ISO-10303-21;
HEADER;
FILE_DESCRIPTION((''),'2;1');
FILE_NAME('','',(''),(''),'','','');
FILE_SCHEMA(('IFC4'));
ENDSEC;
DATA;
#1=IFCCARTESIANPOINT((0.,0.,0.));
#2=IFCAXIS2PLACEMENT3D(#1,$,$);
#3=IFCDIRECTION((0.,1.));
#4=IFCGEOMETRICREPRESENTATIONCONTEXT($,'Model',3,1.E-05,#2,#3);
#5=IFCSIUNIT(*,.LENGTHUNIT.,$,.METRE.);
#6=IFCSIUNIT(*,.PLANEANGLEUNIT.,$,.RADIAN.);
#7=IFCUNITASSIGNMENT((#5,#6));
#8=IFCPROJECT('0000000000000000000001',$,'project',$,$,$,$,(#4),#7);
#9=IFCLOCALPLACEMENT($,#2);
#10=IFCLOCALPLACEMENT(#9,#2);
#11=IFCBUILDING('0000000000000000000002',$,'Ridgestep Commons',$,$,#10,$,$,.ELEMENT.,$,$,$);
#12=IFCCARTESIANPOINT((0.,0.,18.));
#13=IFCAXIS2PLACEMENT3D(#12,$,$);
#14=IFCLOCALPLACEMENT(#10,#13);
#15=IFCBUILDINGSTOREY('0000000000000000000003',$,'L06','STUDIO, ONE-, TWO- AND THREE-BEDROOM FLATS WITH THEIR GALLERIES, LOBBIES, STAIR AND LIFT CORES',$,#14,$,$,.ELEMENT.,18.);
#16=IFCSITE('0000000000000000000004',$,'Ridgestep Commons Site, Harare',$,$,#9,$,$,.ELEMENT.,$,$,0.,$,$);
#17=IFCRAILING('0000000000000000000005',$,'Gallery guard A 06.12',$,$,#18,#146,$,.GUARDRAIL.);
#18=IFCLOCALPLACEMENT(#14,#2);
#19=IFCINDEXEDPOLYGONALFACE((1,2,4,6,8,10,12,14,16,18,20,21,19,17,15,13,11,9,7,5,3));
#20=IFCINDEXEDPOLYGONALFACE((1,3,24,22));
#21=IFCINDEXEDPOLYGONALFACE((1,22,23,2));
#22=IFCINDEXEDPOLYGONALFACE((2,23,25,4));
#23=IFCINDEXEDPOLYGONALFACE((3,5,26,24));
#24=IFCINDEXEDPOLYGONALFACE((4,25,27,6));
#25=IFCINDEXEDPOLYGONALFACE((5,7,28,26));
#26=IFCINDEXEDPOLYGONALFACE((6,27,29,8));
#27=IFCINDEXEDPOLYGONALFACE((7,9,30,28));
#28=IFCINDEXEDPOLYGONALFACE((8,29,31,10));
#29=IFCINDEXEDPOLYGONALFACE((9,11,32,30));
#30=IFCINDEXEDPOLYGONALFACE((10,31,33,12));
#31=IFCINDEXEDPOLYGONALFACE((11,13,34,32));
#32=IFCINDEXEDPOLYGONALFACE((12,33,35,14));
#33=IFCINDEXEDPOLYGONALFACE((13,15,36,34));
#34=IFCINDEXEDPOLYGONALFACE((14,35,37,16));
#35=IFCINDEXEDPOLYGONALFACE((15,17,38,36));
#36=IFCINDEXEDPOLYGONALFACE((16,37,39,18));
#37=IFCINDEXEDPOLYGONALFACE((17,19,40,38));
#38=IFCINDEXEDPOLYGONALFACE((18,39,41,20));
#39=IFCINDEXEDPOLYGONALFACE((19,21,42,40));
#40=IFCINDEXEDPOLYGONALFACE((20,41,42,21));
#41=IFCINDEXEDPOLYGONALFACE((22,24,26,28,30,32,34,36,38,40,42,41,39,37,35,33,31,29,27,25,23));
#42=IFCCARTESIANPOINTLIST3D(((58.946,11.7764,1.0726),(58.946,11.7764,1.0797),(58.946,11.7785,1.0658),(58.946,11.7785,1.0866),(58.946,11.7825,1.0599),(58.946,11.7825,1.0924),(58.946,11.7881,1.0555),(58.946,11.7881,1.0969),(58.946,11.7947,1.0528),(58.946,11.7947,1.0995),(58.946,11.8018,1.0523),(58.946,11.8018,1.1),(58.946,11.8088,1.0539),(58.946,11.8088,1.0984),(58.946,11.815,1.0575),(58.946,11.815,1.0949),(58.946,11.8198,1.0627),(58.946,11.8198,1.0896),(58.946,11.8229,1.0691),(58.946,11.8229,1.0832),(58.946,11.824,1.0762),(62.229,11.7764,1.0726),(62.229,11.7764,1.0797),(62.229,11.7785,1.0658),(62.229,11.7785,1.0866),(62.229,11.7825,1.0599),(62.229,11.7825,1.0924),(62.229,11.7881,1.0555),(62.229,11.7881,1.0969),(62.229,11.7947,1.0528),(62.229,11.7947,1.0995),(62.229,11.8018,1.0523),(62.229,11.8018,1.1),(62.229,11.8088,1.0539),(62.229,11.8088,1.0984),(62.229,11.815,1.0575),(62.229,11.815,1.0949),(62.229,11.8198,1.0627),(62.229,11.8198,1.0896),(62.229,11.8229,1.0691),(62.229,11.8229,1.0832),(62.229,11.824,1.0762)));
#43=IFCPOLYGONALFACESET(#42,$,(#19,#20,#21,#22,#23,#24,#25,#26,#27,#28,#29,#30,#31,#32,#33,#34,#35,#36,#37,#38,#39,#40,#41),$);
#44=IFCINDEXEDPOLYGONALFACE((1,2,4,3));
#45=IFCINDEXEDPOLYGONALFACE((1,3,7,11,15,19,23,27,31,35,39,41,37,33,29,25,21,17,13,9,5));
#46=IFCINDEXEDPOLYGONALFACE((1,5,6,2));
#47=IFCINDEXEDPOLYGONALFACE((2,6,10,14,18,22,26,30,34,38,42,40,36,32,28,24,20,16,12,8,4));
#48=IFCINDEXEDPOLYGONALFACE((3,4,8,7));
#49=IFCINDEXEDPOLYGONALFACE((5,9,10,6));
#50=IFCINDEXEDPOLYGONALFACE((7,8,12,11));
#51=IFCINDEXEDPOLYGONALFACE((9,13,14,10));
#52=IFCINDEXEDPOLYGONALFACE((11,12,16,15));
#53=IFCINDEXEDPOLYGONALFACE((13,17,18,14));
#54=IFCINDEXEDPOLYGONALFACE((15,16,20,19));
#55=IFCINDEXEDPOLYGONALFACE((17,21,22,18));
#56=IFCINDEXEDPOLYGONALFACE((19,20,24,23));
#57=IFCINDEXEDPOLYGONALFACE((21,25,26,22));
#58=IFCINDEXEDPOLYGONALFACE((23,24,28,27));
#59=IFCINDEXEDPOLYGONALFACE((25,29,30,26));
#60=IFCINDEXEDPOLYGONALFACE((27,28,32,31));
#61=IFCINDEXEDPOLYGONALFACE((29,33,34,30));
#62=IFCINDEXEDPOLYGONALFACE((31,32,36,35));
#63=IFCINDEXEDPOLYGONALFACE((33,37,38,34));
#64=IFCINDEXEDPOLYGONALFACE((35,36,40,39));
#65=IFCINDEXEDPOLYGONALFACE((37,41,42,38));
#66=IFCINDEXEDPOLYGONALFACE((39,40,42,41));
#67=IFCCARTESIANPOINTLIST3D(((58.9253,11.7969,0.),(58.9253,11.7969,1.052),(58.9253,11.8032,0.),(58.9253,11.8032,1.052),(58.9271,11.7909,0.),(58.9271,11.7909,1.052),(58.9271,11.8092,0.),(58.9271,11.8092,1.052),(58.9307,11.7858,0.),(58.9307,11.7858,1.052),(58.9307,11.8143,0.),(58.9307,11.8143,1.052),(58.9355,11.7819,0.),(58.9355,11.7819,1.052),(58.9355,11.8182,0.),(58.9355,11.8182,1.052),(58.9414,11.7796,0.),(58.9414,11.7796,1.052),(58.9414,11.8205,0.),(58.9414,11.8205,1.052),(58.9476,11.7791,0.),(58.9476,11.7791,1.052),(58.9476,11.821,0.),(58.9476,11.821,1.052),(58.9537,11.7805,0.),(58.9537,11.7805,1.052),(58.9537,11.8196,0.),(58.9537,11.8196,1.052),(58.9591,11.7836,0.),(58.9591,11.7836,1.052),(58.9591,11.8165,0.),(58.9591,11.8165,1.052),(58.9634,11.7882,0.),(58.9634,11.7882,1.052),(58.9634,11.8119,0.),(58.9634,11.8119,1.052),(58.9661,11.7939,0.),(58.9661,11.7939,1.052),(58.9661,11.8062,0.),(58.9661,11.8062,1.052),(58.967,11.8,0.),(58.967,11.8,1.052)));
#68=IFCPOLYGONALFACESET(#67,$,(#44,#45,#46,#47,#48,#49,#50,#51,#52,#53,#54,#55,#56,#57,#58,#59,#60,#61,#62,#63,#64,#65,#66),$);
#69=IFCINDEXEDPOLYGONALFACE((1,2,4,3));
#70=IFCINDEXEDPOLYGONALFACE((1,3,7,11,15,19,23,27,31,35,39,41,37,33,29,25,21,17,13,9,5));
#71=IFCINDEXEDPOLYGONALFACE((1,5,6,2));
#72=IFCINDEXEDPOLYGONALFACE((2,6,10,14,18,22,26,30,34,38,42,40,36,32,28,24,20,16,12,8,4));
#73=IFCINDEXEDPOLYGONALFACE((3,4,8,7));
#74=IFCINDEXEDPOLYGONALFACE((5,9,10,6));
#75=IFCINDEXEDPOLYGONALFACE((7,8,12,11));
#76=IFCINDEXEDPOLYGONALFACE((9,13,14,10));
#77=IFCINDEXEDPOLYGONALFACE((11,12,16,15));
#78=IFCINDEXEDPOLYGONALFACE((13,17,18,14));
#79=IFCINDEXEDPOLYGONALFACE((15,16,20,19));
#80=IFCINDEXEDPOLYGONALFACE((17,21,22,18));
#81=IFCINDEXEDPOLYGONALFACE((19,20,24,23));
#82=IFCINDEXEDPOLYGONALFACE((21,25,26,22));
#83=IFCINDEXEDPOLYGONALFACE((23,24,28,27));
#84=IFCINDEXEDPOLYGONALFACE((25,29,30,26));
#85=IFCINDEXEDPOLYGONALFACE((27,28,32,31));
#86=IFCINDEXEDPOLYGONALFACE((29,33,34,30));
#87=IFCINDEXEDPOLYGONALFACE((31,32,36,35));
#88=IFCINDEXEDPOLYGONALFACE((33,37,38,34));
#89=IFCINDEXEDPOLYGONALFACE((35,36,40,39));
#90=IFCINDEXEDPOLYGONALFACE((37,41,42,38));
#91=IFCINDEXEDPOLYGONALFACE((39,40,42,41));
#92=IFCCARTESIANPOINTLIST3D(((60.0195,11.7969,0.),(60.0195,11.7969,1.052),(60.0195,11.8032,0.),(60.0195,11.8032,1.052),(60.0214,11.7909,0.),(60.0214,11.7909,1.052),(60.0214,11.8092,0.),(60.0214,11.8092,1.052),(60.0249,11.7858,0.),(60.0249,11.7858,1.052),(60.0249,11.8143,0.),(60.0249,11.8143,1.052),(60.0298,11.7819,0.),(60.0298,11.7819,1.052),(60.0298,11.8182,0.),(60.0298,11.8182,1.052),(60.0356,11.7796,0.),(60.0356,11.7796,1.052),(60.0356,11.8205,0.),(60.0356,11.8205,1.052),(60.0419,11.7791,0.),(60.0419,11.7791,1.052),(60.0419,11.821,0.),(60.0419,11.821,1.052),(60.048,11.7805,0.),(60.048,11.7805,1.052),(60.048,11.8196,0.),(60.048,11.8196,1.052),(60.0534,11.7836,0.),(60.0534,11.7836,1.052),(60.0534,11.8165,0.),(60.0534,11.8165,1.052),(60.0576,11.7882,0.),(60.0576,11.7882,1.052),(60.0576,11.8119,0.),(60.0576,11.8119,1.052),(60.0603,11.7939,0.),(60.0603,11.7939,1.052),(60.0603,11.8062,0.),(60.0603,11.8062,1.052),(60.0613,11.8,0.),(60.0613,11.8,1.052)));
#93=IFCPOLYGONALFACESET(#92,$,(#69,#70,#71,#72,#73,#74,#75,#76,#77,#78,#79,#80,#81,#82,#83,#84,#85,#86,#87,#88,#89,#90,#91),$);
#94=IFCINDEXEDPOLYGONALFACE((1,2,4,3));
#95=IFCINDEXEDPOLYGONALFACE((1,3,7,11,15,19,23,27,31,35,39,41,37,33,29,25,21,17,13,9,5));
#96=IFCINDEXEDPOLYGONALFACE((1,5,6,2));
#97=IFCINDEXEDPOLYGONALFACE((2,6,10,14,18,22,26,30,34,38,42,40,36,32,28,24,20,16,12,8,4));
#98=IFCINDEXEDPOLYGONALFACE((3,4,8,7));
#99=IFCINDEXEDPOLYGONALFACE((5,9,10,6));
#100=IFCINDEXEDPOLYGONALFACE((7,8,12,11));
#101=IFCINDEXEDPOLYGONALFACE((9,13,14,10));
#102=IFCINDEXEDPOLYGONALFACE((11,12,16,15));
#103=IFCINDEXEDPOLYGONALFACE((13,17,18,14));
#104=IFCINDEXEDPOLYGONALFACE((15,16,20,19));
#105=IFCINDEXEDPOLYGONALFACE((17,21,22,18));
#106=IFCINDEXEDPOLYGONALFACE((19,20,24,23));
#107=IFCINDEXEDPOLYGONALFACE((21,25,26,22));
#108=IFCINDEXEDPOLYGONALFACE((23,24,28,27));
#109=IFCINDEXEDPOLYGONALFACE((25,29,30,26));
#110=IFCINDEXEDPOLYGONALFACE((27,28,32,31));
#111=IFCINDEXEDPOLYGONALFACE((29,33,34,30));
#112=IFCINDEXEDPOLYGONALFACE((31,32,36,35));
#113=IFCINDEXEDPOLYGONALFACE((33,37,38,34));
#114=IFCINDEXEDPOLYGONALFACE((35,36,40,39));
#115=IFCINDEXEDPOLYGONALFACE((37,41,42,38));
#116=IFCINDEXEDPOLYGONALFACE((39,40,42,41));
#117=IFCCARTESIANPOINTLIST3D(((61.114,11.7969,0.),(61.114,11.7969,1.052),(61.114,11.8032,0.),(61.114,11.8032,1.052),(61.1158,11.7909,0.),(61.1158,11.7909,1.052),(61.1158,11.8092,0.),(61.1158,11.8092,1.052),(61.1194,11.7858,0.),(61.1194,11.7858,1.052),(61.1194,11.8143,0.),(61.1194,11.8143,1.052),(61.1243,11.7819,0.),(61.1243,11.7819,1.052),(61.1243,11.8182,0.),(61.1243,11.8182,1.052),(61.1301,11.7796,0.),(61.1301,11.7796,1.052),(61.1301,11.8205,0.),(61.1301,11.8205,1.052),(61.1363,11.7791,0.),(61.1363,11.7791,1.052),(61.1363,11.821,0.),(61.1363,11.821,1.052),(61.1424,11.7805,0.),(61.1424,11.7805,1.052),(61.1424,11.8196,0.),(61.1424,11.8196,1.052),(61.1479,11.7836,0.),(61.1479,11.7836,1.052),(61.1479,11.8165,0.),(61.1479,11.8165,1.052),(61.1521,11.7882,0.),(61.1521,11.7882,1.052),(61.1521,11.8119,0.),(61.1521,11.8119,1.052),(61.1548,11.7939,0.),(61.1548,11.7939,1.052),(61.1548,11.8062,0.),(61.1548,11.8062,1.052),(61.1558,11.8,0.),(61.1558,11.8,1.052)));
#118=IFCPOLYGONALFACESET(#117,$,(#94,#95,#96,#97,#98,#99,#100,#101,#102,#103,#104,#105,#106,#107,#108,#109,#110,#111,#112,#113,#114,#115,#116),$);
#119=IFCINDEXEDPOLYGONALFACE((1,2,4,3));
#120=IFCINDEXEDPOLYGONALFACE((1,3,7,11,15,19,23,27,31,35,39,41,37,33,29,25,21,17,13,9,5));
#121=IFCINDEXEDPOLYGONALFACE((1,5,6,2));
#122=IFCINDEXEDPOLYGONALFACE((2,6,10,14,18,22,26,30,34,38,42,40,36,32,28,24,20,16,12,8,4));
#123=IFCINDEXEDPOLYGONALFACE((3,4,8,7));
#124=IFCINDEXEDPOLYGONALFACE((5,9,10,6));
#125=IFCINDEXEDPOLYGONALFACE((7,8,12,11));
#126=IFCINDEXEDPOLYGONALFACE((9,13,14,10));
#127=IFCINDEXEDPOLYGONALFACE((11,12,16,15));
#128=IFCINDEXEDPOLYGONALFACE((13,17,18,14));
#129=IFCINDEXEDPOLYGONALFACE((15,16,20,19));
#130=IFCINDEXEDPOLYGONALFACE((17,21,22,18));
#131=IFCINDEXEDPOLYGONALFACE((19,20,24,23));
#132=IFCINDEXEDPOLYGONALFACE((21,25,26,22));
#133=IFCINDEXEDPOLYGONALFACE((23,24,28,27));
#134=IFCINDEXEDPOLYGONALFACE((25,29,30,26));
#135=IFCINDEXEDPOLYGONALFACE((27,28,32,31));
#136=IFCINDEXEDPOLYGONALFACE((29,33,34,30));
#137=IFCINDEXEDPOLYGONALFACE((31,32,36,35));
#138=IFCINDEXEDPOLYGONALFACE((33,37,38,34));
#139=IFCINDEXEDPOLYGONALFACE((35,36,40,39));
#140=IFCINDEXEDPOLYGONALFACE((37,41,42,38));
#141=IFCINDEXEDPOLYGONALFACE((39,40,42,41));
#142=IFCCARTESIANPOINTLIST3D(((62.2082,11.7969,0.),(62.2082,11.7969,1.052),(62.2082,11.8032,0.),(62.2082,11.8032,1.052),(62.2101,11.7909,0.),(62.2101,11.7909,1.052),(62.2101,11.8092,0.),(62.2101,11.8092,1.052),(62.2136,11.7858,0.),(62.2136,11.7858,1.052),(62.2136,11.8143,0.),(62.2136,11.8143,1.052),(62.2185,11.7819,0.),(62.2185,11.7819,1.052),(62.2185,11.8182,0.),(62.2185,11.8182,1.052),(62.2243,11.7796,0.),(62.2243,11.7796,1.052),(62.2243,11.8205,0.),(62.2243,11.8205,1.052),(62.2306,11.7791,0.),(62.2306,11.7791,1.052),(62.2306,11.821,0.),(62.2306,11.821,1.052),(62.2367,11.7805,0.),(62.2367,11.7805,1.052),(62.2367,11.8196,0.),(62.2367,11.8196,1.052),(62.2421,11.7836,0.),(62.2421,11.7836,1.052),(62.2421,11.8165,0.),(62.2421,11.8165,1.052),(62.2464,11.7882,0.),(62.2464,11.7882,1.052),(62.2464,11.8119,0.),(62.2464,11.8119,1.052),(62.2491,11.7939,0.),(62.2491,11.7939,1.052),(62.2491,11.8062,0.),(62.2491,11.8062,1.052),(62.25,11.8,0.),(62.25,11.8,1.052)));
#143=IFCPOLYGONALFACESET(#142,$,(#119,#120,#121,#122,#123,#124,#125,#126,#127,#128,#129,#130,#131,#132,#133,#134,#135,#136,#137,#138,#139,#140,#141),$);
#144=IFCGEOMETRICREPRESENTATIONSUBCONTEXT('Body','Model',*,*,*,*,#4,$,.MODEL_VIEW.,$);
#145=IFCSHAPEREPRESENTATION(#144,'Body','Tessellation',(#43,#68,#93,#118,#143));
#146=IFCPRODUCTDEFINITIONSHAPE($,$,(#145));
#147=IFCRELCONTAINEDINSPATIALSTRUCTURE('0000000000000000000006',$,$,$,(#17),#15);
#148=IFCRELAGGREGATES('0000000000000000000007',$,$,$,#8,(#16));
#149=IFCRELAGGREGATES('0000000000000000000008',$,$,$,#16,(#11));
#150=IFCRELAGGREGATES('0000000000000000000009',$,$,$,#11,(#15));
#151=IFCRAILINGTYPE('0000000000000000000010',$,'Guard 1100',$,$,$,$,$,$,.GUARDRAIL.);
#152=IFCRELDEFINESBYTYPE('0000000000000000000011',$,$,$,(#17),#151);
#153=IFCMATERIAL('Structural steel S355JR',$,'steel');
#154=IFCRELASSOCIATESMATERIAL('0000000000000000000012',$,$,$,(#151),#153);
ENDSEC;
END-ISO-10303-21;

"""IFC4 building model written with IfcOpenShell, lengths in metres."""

from ifc_helpers import new_model, si_unit, direction, frame, origin, origin_2d, place, context, subcontext, project, spatial, circle, extrude, material, type_object, element, save


model = new_model("IFC4")

# Units and contexts
model_context = context("Model", 3, precision=1e-05, world=origin(), true_north=direction((0.0, 1.0)))
body_context = subcontext(model_context, "Body", "Model", "MODEL_VIEW")
ifc_project = project(units=[si_unit("LENGTHUNIT", "METRE"), si_unit("PLANEANGLEUNIT", "RADIAN")], contexts=[model_context])

# Site, building, storey
site_placement = place(None, origin())
site = spatial("IfcSite", under=ifc_project, at=site_placement, Name="Ridgestep Commons Site, Harare", CompositionType="ELEMENT", RefElevation=0.0)
building_placement = place(site_placement, origin())
building = spatial("IfcBuilding", under=site, at=building_placement, Name="Ridgestep Commons", CompositionType="ELEMENT")
storey_placement = place(building_placement, frame((0.0, 0.0, 18.0)))
storey = spatial("IfcBuildingStorey", under=building, at=storey_placement, Name="L06", Description="STUDIO, ONE-, TWO- AND THREE-BEDROOM FLATS WITH THEIR GALLERIES, LOBBIES, STAIR AND LIFT CORES", CompositionType="ELEMENT", Elevation=18.0)

# Railing
ifc_material_1 = material(Name="Structural steel S355JR", Category="steel")
railing_type = type_object("IfcRailingType", Name="Guard 1100", PredefinedType="GUARDRAIL", material=ifc_material_1)
for number, where, name in (
    (1, (58.946, 11.8, 0.0), "Gallery guard A 06.12"),
):
    element("IfcRailing", number, at=place(storey_placement, frame(where)), inside=storey, type_object=railing_type, Name=name, PredefinedType="GUARDRAIL", context=body_context, shape_type="SweptSolid", body=[
        extrude(circle(Radius=0.0239, at=origin_2d()), frame((0.0, 0.0, 1.0762), z_axis=(1.0, 0.0, 0.0), x_axis=(0.0, 1.0, 0.0)), (0.0, 0.0, 1.0), 3.283),
        extrude(circle(Radius=0.021, at=origin_2d()), origin(), (0.0, 0.0, 1.0), 1.052),
        extrude(circle(Radius=0.021, at=origin_2d()), frame((1.0942, 0.0, 0.0)), (0.0, 0.0, 1.0), 1.052),
        extrude(circle(Radius=0.021, at=origin_2d()), frame((2.1887, 0.0, 0.0)), (0.0, 0.0, 1.0), 1.052),
        extrude(circle(Radius=0.021, at=origin_2d()), frame((3.283, 0.0, 0.0)), (0.0, 0.0, 1.0), 1.052),
    ])

save(model, "model.ifc")
